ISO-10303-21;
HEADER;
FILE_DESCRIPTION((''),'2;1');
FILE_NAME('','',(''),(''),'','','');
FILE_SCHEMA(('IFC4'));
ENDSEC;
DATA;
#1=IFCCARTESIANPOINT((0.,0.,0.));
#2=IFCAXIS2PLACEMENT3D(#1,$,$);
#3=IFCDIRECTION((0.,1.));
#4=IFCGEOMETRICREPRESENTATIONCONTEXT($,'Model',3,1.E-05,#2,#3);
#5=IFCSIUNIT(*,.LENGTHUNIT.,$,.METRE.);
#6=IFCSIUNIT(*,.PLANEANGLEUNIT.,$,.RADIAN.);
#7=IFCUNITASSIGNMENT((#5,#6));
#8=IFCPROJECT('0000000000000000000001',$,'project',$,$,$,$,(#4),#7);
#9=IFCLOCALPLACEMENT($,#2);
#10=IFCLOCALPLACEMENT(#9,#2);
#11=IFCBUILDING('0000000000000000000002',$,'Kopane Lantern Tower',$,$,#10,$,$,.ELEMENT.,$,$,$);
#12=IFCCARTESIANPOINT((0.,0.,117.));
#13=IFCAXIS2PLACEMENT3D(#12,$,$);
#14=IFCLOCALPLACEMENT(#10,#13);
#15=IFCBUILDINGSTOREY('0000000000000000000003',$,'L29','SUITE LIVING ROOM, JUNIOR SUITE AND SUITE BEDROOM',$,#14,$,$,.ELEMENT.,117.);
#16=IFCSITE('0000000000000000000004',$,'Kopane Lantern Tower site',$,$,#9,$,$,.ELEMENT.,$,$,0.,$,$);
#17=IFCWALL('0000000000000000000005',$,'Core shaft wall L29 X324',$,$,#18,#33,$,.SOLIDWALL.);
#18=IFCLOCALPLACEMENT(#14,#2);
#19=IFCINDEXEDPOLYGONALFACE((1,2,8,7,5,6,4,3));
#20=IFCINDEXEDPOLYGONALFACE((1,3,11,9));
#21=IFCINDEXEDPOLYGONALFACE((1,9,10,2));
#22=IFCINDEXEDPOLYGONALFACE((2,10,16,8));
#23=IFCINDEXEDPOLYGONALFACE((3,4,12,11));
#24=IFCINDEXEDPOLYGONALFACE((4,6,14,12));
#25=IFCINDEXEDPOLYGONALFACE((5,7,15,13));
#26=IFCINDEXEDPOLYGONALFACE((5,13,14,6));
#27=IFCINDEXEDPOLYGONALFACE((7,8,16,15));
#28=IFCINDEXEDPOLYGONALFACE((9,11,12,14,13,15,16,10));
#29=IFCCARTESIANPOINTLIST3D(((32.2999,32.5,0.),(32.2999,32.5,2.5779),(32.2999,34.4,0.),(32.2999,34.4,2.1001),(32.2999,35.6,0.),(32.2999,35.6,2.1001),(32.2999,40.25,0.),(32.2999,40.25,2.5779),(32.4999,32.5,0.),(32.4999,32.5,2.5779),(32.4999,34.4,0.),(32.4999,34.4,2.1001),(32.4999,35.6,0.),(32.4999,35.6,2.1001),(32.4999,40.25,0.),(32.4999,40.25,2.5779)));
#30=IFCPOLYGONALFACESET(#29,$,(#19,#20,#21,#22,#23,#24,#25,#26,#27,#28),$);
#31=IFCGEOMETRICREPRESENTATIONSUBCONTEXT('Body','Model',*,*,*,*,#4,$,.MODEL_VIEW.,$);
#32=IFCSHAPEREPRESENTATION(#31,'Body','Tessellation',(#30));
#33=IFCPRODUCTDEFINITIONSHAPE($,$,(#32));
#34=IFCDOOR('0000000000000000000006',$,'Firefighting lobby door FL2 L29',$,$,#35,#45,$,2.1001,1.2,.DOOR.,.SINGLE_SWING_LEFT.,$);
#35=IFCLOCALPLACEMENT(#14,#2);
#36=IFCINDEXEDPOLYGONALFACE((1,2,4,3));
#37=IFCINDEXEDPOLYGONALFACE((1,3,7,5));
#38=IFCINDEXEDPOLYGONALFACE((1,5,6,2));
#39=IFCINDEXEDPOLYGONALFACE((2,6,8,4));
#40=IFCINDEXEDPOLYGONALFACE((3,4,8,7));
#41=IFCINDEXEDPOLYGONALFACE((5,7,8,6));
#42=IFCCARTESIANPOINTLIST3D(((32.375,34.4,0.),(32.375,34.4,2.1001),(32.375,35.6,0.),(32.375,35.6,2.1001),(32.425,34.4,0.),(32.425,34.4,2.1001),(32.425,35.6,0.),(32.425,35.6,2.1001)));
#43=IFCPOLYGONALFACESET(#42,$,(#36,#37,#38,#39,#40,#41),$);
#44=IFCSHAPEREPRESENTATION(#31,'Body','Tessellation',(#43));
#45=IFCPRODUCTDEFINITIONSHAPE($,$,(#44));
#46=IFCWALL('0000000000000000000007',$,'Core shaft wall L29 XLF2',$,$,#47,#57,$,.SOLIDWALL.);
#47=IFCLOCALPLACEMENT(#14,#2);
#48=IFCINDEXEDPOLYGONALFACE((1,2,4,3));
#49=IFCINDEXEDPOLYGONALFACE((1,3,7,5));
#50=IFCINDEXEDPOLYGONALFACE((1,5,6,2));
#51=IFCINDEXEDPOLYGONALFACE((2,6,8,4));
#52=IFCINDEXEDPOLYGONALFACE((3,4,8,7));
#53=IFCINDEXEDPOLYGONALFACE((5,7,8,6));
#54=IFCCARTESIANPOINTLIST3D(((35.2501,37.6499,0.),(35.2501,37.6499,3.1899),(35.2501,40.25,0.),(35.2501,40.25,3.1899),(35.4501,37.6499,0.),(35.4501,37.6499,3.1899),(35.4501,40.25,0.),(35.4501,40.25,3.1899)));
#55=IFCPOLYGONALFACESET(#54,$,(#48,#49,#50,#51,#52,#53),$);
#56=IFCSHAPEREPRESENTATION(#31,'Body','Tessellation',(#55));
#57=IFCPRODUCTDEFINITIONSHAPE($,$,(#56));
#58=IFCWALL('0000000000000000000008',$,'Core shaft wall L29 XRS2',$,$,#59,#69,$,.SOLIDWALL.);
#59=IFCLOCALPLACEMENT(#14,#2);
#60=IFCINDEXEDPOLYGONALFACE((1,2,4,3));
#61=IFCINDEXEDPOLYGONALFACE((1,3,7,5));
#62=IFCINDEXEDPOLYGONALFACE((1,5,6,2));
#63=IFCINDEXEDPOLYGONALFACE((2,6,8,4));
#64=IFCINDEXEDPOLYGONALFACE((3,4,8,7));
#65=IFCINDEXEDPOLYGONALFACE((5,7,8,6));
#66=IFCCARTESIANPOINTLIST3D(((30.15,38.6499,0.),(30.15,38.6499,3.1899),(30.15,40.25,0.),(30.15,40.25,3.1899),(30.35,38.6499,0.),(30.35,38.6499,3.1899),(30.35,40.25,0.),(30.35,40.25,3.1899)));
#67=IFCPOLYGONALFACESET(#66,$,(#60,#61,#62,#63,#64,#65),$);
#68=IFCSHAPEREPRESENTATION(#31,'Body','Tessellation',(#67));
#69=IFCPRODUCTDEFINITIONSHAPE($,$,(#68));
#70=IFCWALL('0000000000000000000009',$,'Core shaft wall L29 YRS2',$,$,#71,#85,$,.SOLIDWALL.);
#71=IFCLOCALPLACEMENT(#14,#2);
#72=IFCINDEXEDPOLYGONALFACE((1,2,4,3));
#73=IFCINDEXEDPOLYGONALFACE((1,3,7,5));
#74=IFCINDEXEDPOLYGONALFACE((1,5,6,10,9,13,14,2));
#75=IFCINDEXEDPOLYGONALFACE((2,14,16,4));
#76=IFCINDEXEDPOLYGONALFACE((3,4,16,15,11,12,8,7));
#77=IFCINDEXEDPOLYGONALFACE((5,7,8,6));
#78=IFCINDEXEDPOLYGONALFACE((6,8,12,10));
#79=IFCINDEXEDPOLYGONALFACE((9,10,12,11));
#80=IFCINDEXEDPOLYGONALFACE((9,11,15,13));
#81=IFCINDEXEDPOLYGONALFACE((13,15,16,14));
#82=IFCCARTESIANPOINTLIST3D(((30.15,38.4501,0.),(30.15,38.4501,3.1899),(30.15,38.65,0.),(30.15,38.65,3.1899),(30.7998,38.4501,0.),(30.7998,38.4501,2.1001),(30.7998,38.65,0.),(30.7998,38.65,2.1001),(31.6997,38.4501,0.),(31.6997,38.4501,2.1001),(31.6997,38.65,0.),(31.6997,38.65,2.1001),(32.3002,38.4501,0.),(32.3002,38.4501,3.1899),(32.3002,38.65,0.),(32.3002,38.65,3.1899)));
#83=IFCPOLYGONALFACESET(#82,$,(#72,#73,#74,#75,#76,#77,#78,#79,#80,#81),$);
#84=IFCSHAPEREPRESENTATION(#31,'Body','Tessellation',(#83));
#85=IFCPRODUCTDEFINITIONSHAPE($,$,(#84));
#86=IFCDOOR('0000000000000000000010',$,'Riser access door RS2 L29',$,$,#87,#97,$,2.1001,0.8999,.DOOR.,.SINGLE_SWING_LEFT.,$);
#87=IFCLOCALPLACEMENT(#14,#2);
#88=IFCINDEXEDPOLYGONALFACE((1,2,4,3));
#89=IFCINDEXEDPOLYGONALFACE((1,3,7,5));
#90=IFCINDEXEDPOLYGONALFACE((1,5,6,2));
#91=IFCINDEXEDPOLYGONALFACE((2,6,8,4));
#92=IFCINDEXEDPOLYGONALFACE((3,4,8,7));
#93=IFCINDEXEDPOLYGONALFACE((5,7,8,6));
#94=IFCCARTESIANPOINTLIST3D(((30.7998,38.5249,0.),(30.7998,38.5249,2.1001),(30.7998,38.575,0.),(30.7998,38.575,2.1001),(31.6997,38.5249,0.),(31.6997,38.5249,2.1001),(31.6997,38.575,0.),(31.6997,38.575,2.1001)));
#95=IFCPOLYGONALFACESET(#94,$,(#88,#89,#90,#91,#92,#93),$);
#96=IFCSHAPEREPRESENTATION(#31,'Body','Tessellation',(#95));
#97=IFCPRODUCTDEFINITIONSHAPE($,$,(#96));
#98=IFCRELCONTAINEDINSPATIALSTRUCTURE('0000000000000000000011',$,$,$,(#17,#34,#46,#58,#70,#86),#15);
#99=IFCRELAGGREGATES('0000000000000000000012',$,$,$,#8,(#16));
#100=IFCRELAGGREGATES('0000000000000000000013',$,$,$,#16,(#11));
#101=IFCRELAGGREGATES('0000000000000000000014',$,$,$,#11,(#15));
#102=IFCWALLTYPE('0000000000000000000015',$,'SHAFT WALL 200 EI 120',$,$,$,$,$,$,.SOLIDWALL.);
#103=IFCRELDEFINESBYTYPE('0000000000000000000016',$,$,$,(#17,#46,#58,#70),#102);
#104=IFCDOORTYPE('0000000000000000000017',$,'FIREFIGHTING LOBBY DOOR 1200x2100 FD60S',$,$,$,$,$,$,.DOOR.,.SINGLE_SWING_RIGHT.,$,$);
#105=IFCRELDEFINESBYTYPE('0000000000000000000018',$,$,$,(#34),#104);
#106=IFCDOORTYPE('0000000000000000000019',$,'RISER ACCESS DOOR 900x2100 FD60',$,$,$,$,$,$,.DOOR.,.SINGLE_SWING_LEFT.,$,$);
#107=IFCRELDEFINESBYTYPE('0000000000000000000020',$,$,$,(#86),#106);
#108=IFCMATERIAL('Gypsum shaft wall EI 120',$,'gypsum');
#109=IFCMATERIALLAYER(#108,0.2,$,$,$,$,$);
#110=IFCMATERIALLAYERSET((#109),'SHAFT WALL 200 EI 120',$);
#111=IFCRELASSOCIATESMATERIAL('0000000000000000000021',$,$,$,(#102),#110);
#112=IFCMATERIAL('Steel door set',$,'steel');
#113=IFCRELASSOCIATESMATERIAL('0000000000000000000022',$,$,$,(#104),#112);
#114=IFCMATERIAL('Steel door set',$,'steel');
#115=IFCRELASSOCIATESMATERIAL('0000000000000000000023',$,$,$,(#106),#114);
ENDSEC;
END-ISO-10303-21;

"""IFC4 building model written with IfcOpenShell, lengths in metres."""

from ifc_helpers import new_model, si_unit, direction, frame, frame_2d, origin, place, context, subcontext, project, spatial, rectangle, extrude, material, layer, layer_set, type_object, element, fill, save


model = new_model("IFC4")

# Units and contexts
model_context = context("Model", 3, precision=1e-05, world=origin(), true_north=direction((0.0, 1.0)))
body_context = subcontext(model_context, "Body", "Model", "MODEL_VIEW")
ifc_project = project(units=[si_unit("LENGTHUNIT", "METRE"), si_unit("PLANEANGLEUNIT", "RADIAN")], contexts=[model_context])

# Site, building, storey
site_placement = place(None, origin())
site = spatial("IfcSite", under=ifc_project, at=site_placement, Name="Kopane Lantern Tower site", CompositionType="ELEMENT", RefElevation=0.0)
building_placement = place(site_placement, origin())
building = spatial("IfcBuilding", under=site, at=building_placement, Name="Kopane Lantern Tower", CompositionType="ELEMENT")
storey_placement = place(building_placement, frame((0.0, 0.0, 117.0)))
storey = spatial("IfcBuildingStorey", under=building, at=storey_placement, Name="L29", Description="SUITE LIVING ROOM, JUNIOR SUITE AND SUITE BEDROOM", CompositionType="ELEMENT", Elevation=117.0)

# Shared definitions
ifc_material_1 = material(Name="Gypsum shaft wall EI 120", Category="gypsum")
ifc_layer_1 = layer(ifc_material_1, 0.2)
ifc_layer_set_1 = layer_set([ifc_layer_1], Name="SHAFT WALL 200 EI 120")
wall_type_1 = type_object("IfcWallType", Name="SHAFT WALL 200 EI 120", PredefinedType="SOLIDWALL", material=ifc_layer_set_1)

# Wall, opening, door
wall_1_placement = place(storey_placement, frame((32.3999, 32.5, 0.0), z_axis=(0.0, 0.0, 1.0), x_axis=(0.0, 1.0, 0.0)))
wall_1 = element("IfcWall", 1, at=wall_1_placement, inside=storey, type_object=wall_type_1, Name="Core shaft wall L29 X324", PredefinedType="SOLIDWALL", context=body_context, shape_type="SweptSolid", body=[
    extrude(rectangle(XDim=7.75, YDim=0.2, at=frame_2d((3.875, 0.0))), origin(), (0.0, 0.0, 1.0), 2.5779),
])
opening_1_placement = place(wall_1_placement, frame((1.8999, 0.0, 0.0)))
opening_1 = element("IfcOpeningElement", 2, at=opening_1_placement, cuts=wall_1, PredefinedType="OPENING", context=body_context, shape_type="SweptSolid", body=[
    extrude(rectangle(XDim=1.2, YDim=2.1001, at=frame_2d((0.6001, 1.05))), frame((0.0, 0.1099, 0.0), z_axis=(0.0, -1.0, 0.0), x_axis=(1.0, 0.0, 0.0)), (0.0, 0.0, 1.0), 0.22),
])
ifc_material_2 = material(Name="Steel door set", Category="steel")
door_type_1 = type_object("IfcDoorType", Name="FIREFIGHTING LOBBY DOOR 1200x2100 FD60S", OperationType="SINGLE_SWING_RIGHT", PredefinedType="DOOR", material=ifc_material_2)
door_1_placement = place(opening_1_placement, origin())
door_1 = element("IfcDoor", 3, at=door_1_placement, inside=storey, type_object=door_type_1, Name="Firefighting lobby door FL2 L29", OperationType="SINGLE_SWING_LEFT", OverallHeight=2.1001, OverallWidth=1.2, PredefinedType="DOOR", context=body_context, shape_type="SweptSolid", body=[
    extrude(rectangle(XDim=1.2, YDim=2.1001, at=frame_2d((0.6001, 1.05))), frame((0.0, 0.0249, 0.0), z_axis=(0.0, -1.0, 0.0), x_axis=(1.0, 0.0, 0.0)), (0.0, 0.0, 1.0), 0.05),
])
fill(opening_1, door_1)

# Walls
wall_2_placement = place(storey_placement, frame((35.3501, 37.6499, 0.0), z_axis=(0.0, 0.0, 1.0), x_axis=(0.0, 1.0, 0.0)))
element("IfcWall", 4, at=wall_2_placement, inside=storey, type_object=wall_type_1, Name="Core shaft wall L29 XLF2", PredefinedType="SOLIDWALL", context=body_context, shape_type="SweptSolid", body=[
    extrude(rectangle(XDim=2.6001, YDim=0.2, at=frame_2d((1.3, 0.0))), origin(), (0.0, 0.0, 1.0), 3.1899),
])
wall_3_placement = place(storey_placement, frame((30.25, 38.6499, 0.0), z_axis=(0.0, 0.0, 1.0), x_axis=(0.0, 1.0, 0.0)))
element("IfcWall", 5, at=wall_3_placement, inside=storey, type_object=wall_type_1, Name="Core shaft wall L29 XRS2", PredefinedType="SOLIDWALL", context=body_context, shape_type="SweptSolid", body=[
    extrude(rectangle(XDim=1.6001, YDim=0.2, at=frame_2d((0.8, 0.0))), origin(), (0.0, 0.0, 1.0), 3.1899),
])

# Wall, opening, door
wall_4_placement = place(storey_placement, frame((30.1499, 38.55, 0.0), z_axis=(0.0, 0.0, 1.0), x_axis=(1.0, 0.0, 0.0)))
wall_4 = element("IfcWall", 6, at=wall_4_placement, inside=storey, type_object=wall_type_1, Name="Core shaft wall L29 YRS2", PredefinedType="SOLIDWALL", context=body_context, shape_type="SweptSolid", body=[
    extrude(rectangle(XDim=2.1501, YDim=0.2, at=frame_2d((1.0752, 0.0))), origin(), (0.0, 0.0, 1.0), 3.1899),
])
opening_2_placement = place(wall_4_placement, frame((0.6499, 0.0, 0.0)))
opening_2 = element("IfcOpeningElement", 7, at=opening_2_placement, cuts=wall_4, PredefinedType="OPENING", context=body_context, shape_type="SweptSolid", body=[
    extrude(rectangle(XDim=0.8999, YDim=2.1001, at=frame_2d((0.45, 1.05))), frame((0.0, 0.1099, 0.0), z_axis=(0.0, -1.0, 0.0), x_axis=(1.0, 0.0, 0.0)), (0.0, 0.0, 1.0), 0.22),
])
ifc_material_3 = material(Name="Steel door set", Category="steel")
door_type_2 = type_object("IfcDoorType", Name="RISER ACCESS DOOR 900x2100 FD60", OperationType="SINGLE_SWING_LEFT", PredefinedType="DOOR", material=ifc_material_3)
door_2_placement = place(opening_2_placement, origin())
door_2 = element("IfcDoor", 8, at=door_2_placement, inside=storey, type_object=door_type_2, Name="Riser access door RS2 L29", OperationType="SINGLE_SWING_LEFT", OverallHeight=2.1001, OverallWidth=0.8999, PredefinedType="DOOR", context=body_context, shape_type="SweptSolid", body=[
    extrude(rectangle(XDim=0.8999, YDim=2.1001, at=frame_2d((0.45, 1.05))), frame((0.0, 0.0249, 0.0), z_axis=(0.0, -1.0, 0.0), x_axis=(1.0, 0.0, 0.0)), (0.0, 0.0, 1.0), 0.05),
])
fill(opening_2, door_2)

save(model, "model.ifc")
